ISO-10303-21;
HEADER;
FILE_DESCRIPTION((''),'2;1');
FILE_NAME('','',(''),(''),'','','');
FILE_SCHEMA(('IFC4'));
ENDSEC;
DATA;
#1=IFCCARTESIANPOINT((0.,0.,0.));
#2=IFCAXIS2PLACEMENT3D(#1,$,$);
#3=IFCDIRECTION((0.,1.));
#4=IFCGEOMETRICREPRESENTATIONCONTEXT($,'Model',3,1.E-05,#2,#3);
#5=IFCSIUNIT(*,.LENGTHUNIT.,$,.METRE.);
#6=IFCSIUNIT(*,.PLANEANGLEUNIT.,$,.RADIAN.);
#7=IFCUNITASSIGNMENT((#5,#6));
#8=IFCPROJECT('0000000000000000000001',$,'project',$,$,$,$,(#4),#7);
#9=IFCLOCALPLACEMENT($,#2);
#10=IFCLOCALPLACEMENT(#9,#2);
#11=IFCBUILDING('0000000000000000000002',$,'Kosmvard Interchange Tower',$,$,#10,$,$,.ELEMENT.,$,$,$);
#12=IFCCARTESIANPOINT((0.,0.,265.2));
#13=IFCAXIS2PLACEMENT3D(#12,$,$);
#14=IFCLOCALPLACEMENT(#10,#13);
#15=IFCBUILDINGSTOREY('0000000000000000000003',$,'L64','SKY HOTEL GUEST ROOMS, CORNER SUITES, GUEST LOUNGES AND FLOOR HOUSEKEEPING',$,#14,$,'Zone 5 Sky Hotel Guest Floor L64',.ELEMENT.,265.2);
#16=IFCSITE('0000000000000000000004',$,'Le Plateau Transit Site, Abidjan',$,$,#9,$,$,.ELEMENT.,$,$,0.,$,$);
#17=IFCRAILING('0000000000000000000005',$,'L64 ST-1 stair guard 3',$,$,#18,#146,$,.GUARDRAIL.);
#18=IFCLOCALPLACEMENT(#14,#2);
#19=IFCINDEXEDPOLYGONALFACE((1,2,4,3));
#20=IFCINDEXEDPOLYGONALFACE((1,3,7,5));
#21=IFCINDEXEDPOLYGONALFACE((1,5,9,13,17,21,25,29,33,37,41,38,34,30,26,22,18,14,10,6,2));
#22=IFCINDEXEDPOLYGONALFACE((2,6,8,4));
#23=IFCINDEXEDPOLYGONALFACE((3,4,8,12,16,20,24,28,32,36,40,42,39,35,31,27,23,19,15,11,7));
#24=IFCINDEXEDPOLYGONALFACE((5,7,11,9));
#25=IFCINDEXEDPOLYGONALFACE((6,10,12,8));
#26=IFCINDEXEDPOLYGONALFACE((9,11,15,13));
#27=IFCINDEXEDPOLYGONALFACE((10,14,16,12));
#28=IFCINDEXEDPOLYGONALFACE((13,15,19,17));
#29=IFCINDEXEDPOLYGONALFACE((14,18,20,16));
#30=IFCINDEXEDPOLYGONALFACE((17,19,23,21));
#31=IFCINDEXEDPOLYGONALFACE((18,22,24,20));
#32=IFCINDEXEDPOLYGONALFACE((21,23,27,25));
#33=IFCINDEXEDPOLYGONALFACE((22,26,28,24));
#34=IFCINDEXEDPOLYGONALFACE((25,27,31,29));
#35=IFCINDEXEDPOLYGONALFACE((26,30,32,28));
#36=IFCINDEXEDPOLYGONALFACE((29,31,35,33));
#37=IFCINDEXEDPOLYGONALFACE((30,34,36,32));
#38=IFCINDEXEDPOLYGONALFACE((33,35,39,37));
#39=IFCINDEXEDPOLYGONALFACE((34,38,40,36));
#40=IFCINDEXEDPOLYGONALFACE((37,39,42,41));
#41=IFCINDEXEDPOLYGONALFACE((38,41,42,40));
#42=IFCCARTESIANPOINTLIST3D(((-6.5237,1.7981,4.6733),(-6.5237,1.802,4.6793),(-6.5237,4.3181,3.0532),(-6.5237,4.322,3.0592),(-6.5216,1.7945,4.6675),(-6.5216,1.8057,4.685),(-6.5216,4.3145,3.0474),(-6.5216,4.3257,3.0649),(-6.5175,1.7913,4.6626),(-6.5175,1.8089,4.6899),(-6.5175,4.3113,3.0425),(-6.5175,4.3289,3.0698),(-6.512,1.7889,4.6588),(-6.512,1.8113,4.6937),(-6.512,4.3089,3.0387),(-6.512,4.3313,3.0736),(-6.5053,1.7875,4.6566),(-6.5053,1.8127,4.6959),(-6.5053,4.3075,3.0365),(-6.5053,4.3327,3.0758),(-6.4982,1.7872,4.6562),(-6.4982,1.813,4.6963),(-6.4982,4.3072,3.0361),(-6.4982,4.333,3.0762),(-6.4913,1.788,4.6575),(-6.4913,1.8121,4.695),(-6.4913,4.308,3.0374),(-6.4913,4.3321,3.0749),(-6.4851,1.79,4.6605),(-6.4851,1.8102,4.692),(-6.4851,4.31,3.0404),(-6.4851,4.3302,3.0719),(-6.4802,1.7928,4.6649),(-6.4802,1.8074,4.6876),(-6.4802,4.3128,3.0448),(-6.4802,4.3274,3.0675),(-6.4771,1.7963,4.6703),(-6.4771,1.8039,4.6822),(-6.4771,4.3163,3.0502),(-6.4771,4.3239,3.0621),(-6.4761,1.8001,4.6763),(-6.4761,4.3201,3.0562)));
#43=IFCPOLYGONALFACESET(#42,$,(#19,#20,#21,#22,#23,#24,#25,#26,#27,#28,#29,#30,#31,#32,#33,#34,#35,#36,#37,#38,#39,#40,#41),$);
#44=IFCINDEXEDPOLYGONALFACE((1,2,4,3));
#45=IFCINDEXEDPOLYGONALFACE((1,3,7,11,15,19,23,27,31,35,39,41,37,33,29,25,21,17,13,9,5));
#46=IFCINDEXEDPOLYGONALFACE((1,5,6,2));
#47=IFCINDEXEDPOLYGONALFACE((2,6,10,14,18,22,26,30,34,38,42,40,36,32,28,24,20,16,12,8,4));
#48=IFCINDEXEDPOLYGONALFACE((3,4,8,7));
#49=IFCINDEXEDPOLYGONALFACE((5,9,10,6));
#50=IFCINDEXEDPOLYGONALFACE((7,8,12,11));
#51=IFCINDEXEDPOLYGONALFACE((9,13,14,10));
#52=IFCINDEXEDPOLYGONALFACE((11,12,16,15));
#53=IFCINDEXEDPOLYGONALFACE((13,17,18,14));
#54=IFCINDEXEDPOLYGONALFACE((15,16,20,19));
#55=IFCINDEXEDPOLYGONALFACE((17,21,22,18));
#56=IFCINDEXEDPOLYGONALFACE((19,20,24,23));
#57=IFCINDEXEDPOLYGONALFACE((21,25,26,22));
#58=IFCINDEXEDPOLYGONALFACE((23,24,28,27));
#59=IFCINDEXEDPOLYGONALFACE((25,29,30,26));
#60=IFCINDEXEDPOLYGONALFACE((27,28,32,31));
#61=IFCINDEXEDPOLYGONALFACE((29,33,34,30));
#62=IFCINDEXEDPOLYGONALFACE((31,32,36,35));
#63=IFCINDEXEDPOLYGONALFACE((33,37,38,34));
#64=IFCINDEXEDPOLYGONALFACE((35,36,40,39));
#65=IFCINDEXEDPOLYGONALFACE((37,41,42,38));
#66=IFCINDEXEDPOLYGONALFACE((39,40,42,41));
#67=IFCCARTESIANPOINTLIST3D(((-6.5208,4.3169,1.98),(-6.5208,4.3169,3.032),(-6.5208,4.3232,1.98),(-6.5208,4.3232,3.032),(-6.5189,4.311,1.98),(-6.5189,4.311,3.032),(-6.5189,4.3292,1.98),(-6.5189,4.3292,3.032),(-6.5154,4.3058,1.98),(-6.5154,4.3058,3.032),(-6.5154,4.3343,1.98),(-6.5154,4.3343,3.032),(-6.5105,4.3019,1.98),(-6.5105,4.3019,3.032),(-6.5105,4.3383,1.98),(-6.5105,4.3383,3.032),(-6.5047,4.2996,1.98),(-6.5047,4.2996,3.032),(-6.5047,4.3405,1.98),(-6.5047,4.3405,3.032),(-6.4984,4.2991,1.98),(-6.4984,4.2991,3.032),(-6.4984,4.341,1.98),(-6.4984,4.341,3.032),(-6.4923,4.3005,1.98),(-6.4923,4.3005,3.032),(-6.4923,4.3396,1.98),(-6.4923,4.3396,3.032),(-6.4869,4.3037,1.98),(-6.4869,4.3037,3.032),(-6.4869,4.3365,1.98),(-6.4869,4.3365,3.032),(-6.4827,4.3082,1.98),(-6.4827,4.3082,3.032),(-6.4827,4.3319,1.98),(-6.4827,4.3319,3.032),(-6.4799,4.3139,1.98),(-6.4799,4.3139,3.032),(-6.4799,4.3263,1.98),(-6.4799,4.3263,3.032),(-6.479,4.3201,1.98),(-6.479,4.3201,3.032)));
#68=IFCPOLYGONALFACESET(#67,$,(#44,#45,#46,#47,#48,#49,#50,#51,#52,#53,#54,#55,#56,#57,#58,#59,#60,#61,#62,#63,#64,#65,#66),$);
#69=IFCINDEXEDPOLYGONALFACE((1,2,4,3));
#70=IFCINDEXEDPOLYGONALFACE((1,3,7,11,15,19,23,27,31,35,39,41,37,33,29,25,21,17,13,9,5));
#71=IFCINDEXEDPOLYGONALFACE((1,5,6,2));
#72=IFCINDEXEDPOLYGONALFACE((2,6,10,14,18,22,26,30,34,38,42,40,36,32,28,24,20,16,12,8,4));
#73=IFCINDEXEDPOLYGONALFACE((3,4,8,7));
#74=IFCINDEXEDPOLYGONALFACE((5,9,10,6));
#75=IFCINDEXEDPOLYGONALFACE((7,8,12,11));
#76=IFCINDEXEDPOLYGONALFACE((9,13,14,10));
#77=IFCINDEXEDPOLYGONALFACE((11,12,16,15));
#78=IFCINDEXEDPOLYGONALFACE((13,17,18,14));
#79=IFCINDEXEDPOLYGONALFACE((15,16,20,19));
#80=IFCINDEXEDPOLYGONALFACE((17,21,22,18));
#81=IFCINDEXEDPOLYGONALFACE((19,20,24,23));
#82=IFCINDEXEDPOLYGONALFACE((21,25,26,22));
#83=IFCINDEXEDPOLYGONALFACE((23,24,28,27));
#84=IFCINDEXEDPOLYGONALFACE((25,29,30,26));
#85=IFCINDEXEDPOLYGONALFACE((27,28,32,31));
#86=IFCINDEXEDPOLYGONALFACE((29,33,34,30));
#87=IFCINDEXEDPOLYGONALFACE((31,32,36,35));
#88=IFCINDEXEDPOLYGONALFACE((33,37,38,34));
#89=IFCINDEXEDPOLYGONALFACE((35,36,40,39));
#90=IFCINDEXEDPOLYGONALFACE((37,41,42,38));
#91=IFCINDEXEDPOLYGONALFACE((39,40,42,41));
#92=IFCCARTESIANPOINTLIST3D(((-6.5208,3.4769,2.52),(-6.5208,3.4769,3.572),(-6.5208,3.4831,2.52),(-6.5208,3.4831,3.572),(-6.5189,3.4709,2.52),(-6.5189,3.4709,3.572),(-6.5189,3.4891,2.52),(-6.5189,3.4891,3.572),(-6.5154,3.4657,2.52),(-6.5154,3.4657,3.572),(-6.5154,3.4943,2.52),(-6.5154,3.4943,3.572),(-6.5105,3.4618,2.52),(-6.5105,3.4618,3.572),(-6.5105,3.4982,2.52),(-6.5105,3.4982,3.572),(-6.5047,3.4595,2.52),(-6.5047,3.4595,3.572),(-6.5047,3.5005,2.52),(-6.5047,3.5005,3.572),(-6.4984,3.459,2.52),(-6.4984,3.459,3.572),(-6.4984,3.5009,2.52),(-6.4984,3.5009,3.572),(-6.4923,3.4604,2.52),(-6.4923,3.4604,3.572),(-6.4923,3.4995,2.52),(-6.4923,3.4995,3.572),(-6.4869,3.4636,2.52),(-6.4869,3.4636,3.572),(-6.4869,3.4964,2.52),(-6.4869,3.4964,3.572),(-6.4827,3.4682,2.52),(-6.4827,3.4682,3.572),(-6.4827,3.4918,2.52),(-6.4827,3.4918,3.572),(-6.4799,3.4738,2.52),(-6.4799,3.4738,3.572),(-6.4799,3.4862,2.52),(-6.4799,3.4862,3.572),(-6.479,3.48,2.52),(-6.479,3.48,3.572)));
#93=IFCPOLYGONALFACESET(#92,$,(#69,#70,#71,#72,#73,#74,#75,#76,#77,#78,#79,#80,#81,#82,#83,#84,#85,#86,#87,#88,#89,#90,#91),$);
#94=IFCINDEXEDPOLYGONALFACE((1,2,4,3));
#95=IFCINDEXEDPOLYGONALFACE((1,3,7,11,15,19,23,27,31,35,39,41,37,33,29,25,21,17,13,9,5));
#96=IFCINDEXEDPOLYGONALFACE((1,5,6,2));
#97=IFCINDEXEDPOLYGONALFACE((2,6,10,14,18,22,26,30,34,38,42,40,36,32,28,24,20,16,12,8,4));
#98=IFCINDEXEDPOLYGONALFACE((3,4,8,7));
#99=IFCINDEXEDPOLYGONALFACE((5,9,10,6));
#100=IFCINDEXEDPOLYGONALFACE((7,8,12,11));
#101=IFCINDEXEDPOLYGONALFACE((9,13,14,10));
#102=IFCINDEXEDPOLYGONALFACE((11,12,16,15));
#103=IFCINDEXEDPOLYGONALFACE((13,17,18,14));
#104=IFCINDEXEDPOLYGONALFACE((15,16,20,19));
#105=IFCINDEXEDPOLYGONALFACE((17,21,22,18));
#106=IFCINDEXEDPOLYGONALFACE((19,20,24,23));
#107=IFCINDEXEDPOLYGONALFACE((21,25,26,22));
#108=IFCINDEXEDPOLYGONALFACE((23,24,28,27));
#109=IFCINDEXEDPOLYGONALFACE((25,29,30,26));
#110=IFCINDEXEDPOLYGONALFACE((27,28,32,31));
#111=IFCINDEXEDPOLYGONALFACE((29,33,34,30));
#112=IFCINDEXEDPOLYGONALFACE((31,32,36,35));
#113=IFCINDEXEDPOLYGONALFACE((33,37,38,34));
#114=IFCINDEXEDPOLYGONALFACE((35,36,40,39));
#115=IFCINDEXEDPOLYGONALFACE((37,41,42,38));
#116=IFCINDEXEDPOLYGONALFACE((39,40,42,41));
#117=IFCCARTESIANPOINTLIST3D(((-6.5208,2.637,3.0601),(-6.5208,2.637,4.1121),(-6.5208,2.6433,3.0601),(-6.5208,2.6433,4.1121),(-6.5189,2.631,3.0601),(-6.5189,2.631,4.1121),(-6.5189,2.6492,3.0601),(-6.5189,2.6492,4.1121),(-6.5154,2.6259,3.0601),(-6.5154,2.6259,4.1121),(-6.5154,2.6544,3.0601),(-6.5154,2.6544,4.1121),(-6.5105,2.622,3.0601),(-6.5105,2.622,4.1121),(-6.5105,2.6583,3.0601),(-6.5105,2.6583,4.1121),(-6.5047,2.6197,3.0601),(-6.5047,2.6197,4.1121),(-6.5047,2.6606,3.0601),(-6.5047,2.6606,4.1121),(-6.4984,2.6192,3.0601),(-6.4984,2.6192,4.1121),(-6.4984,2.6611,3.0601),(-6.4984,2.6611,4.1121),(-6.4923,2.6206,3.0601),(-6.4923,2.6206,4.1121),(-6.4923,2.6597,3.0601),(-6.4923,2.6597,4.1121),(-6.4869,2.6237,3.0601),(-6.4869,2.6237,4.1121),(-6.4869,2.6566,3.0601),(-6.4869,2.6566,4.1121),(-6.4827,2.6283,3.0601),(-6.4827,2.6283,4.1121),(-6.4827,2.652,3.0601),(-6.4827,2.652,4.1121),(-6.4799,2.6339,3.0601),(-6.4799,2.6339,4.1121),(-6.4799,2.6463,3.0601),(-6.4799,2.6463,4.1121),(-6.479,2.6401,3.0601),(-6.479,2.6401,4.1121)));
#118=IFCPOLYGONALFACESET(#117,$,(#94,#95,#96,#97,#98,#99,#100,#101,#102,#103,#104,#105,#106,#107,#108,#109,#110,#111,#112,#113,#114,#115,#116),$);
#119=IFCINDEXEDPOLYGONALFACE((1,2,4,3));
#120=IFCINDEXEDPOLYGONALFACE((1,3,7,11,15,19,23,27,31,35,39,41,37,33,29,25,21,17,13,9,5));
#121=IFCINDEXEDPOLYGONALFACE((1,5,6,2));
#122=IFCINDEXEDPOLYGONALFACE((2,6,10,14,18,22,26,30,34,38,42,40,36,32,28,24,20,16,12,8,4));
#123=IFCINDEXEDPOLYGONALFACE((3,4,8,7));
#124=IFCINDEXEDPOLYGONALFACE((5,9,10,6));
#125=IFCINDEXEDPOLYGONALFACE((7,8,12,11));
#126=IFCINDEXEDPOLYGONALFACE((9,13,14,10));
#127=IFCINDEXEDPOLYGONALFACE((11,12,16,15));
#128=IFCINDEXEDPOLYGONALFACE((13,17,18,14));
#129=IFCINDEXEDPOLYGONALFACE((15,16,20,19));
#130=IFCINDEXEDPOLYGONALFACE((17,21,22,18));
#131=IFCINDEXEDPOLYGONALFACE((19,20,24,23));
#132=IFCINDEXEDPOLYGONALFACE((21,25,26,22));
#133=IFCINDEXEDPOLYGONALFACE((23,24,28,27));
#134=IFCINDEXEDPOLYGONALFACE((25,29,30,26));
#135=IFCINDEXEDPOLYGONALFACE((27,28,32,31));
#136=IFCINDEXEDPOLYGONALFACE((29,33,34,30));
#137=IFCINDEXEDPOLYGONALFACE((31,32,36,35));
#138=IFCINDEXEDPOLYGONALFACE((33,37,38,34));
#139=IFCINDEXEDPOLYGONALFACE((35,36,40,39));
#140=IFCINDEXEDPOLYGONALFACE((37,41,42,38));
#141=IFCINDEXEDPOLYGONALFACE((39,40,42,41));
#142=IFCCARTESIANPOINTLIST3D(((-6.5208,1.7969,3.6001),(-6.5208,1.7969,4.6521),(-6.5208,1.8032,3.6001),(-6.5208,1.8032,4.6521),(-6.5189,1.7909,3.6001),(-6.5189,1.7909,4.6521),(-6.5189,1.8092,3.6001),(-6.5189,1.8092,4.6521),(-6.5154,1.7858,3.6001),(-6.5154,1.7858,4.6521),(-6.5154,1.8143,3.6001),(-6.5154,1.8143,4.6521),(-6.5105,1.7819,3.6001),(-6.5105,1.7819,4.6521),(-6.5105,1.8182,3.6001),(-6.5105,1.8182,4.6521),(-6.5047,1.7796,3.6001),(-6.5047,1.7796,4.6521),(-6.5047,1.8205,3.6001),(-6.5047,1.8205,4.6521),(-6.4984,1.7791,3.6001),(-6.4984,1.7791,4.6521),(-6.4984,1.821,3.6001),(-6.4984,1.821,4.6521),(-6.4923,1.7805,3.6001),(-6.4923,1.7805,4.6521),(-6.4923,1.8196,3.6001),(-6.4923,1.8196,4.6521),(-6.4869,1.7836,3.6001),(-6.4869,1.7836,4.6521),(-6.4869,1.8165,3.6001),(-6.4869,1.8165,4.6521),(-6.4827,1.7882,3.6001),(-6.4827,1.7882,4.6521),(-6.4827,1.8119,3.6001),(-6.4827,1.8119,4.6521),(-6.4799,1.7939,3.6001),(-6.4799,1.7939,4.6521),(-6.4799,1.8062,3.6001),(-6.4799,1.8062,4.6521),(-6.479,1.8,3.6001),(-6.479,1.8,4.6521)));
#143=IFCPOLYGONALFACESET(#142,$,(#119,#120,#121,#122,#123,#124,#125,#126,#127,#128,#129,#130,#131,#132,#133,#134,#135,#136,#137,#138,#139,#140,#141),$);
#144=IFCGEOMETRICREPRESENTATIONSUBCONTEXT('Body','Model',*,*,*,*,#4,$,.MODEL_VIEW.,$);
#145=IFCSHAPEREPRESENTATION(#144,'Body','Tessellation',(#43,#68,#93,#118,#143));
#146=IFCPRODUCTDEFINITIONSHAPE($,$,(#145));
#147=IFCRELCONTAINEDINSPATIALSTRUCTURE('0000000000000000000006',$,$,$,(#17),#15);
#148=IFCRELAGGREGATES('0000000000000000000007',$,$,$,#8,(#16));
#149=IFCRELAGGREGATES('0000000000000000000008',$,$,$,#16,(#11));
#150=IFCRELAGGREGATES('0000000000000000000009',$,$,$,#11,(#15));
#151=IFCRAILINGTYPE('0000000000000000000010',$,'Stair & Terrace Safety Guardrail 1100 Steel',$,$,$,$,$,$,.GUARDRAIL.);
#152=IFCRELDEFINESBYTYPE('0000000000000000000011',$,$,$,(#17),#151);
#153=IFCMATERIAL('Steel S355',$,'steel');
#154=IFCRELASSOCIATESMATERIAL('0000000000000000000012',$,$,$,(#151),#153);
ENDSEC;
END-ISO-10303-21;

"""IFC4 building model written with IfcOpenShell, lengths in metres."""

from ifc_helpers import new_model, si_unit, direction, frame, origin, origin_2d, place, context, subcontext, project, spatial, circle, extrude, source, transform, mapped, material, type_object, element, save


model = new_model("IFC4")

# Units and contexts
model_context = context("Model", 3, precision=1e-05, world=origin(), true_north=direction((0.0, 1.0)))
body_context = subcontext(model_context, "Body", "Model", "MODEL_VIEW")
ifc_project = project(units=[si_unit("LENGTHUNIT", "METRE"), si_unit("PLANEANGLEUNIT", "RADIAN")], contexts=[model_context])

# Site, building, storey
site_placement = place(None, origin())
site = spatial("IfcSite", under=ifc_project, at=site_placement, Name="Le Plateau Transit Site, Abidjan", CompositionType="ELEMENT", RefElevation=0.0)
building_placement = place(site_placement, origin())
building = spatial("IfcBuilding", under=site, at=building_placement, Name="Kosmvard Interchange Tower", CompositionType="ELEMENT")
storey_placement = place(building_placement, frame((0.0, 0.0, 265.2)))
storey = spatial("IfcBuildingStorey", under=building, at=storey_placement, Name="L64", Description="SKY HOTEL GUEST ROOMS, CORNER SUITES, GUEST LOUNGES AND FLOOR HOUSEKEEPING", LongName="Zone 5 Sky Hotel Guest Floor L64", CompositionType="ELEMENT", Elevation=265.2)

# Shared definitions
ifc_material_1 = material(Name="Steel S355", Category="steel")

# Railing
railing_type_1 = type_object("IfcRailingType", Name="Stair & Terrace Safety Guardrail 1100 Steel", PredefinedType="GUARDRAIL", material=ifc_material_1)
shared_shape_1 = source(origin(), body_context, "Body", "SweptSolid", [
    extrude(circle(Radius=0.0239, at=origin_2d()), frame((0.0, 0.0, 1.0762), z_axis=(0.0, -0.841163, 0.540782), x_axis=(1.0, 0.0, 0.0)), (0.0, 0.0, 1.0), 2.9958),
    extrude(circle(Radius=0.021, at=origin_2d()), origin(), (0.0, 0.0, 1.0), 1.052),
    extrude(circle(Radius=0.021, at=origin_2d()), frame((0.0, -0.8401, 0.54)), (0.0, 0.0, 1.0), 1.052),
    extrude(circle(Radius=0.021, at=origin_2d()), frame((0.0, -1.6799, 1.0801)), (0.0, 0.0, 1.0), 1.052),
    extrude(circle(Radius=0.021, at=origin_2d()), frame((0.0, -2.52, 1.6201)), (0.0, 0.0, 1.0), 1.052),
])
railing_1_placement = place(storey_placement, frame((-6.5, 4.3201, 1.98)))
element("IfcRailing", 1, at=railing_1_placement, inside=storey, type_object=railing_type_1, Name="L64 ST-1 stair guard 3", PredefinedType="GUARDRAIL", context=body_context, shape_type="MappedRepresentation", body=[
    mapped(shared_shape_1, transform((0.0, 0.0, 0.0), scale=1.0)),
])

save(model, "model.ifc")
